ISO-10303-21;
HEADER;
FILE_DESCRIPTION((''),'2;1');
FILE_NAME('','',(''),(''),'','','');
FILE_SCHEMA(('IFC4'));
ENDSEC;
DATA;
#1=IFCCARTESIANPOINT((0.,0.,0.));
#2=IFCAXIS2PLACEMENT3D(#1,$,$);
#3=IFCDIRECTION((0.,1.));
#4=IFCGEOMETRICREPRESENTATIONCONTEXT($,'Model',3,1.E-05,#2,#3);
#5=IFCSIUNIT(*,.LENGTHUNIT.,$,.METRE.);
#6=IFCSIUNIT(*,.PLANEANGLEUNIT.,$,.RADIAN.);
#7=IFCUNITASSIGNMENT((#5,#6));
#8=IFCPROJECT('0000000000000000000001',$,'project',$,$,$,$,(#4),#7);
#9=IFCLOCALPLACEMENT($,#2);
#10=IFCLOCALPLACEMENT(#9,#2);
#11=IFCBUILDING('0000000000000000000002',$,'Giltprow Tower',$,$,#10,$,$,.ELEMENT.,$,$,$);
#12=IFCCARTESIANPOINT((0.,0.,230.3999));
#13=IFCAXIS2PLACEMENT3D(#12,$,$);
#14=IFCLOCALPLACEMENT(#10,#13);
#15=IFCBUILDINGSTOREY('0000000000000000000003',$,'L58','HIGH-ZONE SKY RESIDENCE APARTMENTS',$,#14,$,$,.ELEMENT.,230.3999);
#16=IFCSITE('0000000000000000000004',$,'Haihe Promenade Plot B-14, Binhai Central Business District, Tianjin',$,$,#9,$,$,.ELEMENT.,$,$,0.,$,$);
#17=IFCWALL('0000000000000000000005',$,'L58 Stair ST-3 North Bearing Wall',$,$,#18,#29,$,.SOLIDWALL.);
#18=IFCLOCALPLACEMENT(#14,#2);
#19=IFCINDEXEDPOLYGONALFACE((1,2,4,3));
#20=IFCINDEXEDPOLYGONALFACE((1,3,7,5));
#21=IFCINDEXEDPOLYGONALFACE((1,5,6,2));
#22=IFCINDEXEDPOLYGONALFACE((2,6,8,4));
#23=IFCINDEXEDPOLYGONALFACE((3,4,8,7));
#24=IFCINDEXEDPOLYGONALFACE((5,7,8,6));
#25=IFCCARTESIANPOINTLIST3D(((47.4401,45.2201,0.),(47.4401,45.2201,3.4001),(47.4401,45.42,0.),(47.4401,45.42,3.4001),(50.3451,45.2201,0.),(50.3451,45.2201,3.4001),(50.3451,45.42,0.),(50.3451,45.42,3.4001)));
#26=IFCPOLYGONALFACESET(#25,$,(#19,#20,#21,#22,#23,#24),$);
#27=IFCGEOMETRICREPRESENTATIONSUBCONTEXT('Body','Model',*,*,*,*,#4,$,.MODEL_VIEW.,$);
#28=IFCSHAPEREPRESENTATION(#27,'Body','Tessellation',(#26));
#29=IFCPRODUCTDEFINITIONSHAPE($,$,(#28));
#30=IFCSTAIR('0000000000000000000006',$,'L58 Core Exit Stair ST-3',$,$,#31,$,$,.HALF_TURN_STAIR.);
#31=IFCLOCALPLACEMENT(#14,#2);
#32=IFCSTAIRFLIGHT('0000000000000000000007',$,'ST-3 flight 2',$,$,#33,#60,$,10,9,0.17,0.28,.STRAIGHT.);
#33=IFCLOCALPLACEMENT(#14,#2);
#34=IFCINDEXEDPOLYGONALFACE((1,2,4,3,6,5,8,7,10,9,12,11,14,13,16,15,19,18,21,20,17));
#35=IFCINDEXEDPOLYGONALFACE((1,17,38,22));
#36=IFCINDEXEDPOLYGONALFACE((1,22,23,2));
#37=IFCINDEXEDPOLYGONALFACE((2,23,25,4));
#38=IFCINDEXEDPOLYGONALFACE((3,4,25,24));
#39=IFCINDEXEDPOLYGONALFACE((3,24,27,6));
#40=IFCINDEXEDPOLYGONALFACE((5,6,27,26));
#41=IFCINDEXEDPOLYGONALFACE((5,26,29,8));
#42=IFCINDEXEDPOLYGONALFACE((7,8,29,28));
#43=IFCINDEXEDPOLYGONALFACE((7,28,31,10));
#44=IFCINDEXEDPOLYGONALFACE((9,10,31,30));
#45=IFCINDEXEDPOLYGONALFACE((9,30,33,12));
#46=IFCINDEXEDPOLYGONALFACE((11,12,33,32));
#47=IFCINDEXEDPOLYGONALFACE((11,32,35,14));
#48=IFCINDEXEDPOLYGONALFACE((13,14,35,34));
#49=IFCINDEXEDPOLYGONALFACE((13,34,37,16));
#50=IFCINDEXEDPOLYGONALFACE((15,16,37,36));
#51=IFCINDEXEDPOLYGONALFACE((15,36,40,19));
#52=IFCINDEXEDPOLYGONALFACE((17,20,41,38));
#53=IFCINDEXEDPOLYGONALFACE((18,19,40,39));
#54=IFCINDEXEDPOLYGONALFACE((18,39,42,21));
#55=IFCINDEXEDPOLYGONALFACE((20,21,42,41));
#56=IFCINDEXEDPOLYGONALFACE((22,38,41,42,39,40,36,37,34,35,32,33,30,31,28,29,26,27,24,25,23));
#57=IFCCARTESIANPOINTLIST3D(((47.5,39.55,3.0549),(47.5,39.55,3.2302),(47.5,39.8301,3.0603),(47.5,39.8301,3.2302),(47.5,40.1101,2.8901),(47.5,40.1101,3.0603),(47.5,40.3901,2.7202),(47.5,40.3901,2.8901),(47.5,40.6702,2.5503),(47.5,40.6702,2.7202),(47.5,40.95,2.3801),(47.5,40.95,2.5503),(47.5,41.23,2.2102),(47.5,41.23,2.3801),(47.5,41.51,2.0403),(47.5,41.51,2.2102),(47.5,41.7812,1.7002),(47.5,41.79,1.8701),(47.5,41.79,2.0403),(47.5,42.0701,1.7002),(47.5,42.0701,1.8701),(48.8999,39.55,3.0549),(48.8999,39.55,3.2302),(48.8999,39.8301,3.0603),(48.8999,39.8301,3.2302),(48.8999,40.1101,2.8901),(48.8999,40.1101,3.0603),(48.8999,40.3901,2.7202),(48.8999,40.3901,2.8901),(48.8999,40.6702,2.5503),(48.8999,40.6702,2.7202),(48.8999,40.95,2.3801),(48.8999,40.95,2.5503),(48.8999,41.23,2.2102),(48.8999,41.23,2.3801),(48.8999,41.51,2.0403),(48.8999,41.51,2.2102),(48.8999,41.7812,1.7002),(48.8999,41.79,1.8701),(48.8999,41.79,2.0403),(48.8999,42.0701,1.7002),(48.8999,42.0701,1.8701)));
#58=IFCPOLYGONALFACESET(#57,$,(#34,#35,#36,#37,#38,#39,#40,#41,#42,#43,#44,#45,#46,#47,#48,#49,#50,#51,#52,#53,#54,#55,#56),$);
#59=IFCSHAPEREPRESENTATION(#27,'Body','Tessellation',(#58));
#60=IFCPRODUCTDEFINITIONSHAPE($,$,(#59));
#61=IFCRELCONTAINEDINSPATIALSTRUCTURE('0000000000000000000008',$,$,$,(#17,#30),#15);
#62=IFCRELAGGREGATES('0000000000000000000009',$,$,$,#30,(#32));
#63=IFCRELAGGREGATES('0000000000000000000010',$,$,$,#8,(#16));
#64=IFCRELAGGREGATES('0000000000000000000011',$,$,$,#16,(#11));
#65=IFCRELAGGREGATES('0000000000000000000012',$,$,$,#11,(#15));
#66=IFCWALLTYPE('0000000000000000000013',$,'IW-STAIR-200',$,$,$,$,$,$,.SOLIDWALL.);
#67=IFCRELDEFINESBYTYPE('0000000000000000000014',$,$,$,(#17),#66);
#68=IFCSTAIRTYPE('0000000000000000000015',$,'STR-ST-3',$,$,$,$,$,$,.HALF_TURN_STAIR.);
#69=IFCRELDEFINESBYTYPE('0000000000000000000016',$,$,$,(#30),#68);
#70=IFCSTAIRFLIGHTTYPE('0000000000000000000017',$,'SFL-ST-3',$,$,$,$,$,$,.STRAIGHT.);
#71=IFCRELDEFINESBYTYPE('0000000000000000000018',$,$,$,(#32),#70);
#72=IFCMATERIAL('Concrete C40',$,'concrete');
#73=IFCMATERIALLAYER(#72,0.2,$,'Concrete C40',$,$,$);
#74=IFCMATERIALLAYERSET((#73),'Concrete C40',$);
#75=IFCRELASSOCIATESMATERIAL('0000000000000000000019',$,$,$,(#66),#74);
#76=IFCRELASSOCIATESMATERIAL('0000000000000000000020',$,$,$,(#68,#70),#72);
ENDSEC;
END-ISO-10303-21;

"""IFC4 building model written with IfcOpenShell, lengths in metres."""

from ifc_helpers import new_model, si_unit, direction, frame, frame_2d, origin, place, context, subcontext, project, spatial, polyline, rectangle, outline, extrude, material, layer, layer_set, type_object, element, aggregate, save


model = new_model("IFC4")

# Units and contexts
model_context = context("Model", 3, precision=1e-05, world=origin(), true_north=direction((0.0, 1.0)))
body_context = subcontext(model_context, "Body", "Model", "MODEL_VIEW")
ifc_project = project(units=[si_unit("LENGTHUNIT", "METRE"), si_unit("PLANEANGLEUNIT", "RADIAN")], contexts=[model_context])

# Site, building, storey
site_placement = place(None, origin())
site = spatial("IfcSite", under=ifc_project, at=site_placement, Name="Haihe Promenade Plot B-14, Binhai Central Business District, Tianjin", CompositionType="ELEMENT", RefElevation=0.0)
building_placement = place(site_placement, origin())
building = spatial("IfcBuilding", under=site, at=building_placement, Name="Giltprow Tower", CompositionType="ELEMENT")
storey_placement = place(building_placement, frame((0.0, 0.0, 230.3999)))
storey = spatial("IfcBuildingStorey", under=building, at=storey_placement, Name="L58", Description="HIGH-ZONE SKY RESIDENCE APARTMENTS", CompositionType="ELEMENT", Elevation=230.3999)

# Wall
ifc_material_1 = material(Name="Concrete C40", Category="concrete")
ifc_layer_1 = layer(ifc_material_1, 0.2, Name="Concrete C40")
ifc_layer_set_1 = layer_set([ifc_layer_1], Name="Concrete C40")
wall_type_1 = type_object("IfcWallType", Name="IW-STAIR-200", PredefinedType="SOLIDWALL", material=ifc_layer_set_1)
wall_1_placement = place(storey_placement, frame((47.4399, 45.3201, 0.0), z_axis=(0.0, 0.0, 1.0), x_axis=(1.0, 0.0, 0.0)))
element("IfcWall", 1, at=wall_1_placement, inside=storey, type_object=wall_type_1, Name="L58 Stair ST-3 North Bearing Wall", PredefinedType="SOLIDWALL", context=body_context, shape_type="SweptSolid", body=[
    extrude(rectangle(XDim=2.905, YDim=0.2, at=frame_2d((1.4526, 0.0))), origin(), (0.0, 0.0, 1.0), 3.4001),
])

# Stair, stair flight
stair_type = type_object("IfcStairType", Name="STR-ST-3", PredefinedType="HALF_TURN_STAIR", material=ifc_material_1)
stair_placement = place(storey_placement, origin())
stair = element("IfcStair", 2, at=stair_placement, inside=storey, type_object=stair_type, Name="L58 Core Exit Stair ST-3", PredefinedType="HALF_TURN_STAIR")
stair_flight_type = type_object("IfcStairFlightType", Name="SFL-ST-3", PredefinedType="STRAIGHT", material=ifc_material_1)
stair_flight_placement = place(storey_placement, frame((48.2, 42.0701, 1.7002), z_axis=(0.0, 0.0, 1.0), x_axis=(0.0, -1.0, 0.0)))
stair_flight = element("IfcStairFlight", 3, at=stair_flight_placement, type_object=stair_flight_type, Name="ST-3 flight 2", NumberOfRisers=10, NumberOfTreads=9, PredefinedType="STRAIGHT", RiserHeight=0.17, TreadLength=0.28, context=body_context, shape_type="SweptSolid", body=[
    extrude(outline(polyline([(0.0, 0.0), (0.0, 0.1699), (0.28, 0.1699), (0.28, 0.3401), (0.5601, 0.3401), (0.5601, 0.51), (0.8401, 0.51), (0.8401, 0.6799), (1.1201, 0.6799), (1.1201, 0.8501), (1.3999, 0.8501), (1.3999, 1.02), (1.6799, 1.02), (1.6799, 1.1899), (1.96, 1.1899), (1.96, 1.3601), (2.24, 1.3601), (2.24, 1.53), (2.52, 1.53), (2.52, 1.7), (2.52, 1.3547), (0.2888, 0.0), (0.0, 0.0)])), frame((0.0, 0.7, 0.0), z_axis=(0.0, -1.0, 0.0), x_axis=(1.0, 0.0, 0.0)), (0.0, 0.0, 1.0), 1.3999),
])
aggregate(stair, [stair_flight])

save(model, "model.ifc")
